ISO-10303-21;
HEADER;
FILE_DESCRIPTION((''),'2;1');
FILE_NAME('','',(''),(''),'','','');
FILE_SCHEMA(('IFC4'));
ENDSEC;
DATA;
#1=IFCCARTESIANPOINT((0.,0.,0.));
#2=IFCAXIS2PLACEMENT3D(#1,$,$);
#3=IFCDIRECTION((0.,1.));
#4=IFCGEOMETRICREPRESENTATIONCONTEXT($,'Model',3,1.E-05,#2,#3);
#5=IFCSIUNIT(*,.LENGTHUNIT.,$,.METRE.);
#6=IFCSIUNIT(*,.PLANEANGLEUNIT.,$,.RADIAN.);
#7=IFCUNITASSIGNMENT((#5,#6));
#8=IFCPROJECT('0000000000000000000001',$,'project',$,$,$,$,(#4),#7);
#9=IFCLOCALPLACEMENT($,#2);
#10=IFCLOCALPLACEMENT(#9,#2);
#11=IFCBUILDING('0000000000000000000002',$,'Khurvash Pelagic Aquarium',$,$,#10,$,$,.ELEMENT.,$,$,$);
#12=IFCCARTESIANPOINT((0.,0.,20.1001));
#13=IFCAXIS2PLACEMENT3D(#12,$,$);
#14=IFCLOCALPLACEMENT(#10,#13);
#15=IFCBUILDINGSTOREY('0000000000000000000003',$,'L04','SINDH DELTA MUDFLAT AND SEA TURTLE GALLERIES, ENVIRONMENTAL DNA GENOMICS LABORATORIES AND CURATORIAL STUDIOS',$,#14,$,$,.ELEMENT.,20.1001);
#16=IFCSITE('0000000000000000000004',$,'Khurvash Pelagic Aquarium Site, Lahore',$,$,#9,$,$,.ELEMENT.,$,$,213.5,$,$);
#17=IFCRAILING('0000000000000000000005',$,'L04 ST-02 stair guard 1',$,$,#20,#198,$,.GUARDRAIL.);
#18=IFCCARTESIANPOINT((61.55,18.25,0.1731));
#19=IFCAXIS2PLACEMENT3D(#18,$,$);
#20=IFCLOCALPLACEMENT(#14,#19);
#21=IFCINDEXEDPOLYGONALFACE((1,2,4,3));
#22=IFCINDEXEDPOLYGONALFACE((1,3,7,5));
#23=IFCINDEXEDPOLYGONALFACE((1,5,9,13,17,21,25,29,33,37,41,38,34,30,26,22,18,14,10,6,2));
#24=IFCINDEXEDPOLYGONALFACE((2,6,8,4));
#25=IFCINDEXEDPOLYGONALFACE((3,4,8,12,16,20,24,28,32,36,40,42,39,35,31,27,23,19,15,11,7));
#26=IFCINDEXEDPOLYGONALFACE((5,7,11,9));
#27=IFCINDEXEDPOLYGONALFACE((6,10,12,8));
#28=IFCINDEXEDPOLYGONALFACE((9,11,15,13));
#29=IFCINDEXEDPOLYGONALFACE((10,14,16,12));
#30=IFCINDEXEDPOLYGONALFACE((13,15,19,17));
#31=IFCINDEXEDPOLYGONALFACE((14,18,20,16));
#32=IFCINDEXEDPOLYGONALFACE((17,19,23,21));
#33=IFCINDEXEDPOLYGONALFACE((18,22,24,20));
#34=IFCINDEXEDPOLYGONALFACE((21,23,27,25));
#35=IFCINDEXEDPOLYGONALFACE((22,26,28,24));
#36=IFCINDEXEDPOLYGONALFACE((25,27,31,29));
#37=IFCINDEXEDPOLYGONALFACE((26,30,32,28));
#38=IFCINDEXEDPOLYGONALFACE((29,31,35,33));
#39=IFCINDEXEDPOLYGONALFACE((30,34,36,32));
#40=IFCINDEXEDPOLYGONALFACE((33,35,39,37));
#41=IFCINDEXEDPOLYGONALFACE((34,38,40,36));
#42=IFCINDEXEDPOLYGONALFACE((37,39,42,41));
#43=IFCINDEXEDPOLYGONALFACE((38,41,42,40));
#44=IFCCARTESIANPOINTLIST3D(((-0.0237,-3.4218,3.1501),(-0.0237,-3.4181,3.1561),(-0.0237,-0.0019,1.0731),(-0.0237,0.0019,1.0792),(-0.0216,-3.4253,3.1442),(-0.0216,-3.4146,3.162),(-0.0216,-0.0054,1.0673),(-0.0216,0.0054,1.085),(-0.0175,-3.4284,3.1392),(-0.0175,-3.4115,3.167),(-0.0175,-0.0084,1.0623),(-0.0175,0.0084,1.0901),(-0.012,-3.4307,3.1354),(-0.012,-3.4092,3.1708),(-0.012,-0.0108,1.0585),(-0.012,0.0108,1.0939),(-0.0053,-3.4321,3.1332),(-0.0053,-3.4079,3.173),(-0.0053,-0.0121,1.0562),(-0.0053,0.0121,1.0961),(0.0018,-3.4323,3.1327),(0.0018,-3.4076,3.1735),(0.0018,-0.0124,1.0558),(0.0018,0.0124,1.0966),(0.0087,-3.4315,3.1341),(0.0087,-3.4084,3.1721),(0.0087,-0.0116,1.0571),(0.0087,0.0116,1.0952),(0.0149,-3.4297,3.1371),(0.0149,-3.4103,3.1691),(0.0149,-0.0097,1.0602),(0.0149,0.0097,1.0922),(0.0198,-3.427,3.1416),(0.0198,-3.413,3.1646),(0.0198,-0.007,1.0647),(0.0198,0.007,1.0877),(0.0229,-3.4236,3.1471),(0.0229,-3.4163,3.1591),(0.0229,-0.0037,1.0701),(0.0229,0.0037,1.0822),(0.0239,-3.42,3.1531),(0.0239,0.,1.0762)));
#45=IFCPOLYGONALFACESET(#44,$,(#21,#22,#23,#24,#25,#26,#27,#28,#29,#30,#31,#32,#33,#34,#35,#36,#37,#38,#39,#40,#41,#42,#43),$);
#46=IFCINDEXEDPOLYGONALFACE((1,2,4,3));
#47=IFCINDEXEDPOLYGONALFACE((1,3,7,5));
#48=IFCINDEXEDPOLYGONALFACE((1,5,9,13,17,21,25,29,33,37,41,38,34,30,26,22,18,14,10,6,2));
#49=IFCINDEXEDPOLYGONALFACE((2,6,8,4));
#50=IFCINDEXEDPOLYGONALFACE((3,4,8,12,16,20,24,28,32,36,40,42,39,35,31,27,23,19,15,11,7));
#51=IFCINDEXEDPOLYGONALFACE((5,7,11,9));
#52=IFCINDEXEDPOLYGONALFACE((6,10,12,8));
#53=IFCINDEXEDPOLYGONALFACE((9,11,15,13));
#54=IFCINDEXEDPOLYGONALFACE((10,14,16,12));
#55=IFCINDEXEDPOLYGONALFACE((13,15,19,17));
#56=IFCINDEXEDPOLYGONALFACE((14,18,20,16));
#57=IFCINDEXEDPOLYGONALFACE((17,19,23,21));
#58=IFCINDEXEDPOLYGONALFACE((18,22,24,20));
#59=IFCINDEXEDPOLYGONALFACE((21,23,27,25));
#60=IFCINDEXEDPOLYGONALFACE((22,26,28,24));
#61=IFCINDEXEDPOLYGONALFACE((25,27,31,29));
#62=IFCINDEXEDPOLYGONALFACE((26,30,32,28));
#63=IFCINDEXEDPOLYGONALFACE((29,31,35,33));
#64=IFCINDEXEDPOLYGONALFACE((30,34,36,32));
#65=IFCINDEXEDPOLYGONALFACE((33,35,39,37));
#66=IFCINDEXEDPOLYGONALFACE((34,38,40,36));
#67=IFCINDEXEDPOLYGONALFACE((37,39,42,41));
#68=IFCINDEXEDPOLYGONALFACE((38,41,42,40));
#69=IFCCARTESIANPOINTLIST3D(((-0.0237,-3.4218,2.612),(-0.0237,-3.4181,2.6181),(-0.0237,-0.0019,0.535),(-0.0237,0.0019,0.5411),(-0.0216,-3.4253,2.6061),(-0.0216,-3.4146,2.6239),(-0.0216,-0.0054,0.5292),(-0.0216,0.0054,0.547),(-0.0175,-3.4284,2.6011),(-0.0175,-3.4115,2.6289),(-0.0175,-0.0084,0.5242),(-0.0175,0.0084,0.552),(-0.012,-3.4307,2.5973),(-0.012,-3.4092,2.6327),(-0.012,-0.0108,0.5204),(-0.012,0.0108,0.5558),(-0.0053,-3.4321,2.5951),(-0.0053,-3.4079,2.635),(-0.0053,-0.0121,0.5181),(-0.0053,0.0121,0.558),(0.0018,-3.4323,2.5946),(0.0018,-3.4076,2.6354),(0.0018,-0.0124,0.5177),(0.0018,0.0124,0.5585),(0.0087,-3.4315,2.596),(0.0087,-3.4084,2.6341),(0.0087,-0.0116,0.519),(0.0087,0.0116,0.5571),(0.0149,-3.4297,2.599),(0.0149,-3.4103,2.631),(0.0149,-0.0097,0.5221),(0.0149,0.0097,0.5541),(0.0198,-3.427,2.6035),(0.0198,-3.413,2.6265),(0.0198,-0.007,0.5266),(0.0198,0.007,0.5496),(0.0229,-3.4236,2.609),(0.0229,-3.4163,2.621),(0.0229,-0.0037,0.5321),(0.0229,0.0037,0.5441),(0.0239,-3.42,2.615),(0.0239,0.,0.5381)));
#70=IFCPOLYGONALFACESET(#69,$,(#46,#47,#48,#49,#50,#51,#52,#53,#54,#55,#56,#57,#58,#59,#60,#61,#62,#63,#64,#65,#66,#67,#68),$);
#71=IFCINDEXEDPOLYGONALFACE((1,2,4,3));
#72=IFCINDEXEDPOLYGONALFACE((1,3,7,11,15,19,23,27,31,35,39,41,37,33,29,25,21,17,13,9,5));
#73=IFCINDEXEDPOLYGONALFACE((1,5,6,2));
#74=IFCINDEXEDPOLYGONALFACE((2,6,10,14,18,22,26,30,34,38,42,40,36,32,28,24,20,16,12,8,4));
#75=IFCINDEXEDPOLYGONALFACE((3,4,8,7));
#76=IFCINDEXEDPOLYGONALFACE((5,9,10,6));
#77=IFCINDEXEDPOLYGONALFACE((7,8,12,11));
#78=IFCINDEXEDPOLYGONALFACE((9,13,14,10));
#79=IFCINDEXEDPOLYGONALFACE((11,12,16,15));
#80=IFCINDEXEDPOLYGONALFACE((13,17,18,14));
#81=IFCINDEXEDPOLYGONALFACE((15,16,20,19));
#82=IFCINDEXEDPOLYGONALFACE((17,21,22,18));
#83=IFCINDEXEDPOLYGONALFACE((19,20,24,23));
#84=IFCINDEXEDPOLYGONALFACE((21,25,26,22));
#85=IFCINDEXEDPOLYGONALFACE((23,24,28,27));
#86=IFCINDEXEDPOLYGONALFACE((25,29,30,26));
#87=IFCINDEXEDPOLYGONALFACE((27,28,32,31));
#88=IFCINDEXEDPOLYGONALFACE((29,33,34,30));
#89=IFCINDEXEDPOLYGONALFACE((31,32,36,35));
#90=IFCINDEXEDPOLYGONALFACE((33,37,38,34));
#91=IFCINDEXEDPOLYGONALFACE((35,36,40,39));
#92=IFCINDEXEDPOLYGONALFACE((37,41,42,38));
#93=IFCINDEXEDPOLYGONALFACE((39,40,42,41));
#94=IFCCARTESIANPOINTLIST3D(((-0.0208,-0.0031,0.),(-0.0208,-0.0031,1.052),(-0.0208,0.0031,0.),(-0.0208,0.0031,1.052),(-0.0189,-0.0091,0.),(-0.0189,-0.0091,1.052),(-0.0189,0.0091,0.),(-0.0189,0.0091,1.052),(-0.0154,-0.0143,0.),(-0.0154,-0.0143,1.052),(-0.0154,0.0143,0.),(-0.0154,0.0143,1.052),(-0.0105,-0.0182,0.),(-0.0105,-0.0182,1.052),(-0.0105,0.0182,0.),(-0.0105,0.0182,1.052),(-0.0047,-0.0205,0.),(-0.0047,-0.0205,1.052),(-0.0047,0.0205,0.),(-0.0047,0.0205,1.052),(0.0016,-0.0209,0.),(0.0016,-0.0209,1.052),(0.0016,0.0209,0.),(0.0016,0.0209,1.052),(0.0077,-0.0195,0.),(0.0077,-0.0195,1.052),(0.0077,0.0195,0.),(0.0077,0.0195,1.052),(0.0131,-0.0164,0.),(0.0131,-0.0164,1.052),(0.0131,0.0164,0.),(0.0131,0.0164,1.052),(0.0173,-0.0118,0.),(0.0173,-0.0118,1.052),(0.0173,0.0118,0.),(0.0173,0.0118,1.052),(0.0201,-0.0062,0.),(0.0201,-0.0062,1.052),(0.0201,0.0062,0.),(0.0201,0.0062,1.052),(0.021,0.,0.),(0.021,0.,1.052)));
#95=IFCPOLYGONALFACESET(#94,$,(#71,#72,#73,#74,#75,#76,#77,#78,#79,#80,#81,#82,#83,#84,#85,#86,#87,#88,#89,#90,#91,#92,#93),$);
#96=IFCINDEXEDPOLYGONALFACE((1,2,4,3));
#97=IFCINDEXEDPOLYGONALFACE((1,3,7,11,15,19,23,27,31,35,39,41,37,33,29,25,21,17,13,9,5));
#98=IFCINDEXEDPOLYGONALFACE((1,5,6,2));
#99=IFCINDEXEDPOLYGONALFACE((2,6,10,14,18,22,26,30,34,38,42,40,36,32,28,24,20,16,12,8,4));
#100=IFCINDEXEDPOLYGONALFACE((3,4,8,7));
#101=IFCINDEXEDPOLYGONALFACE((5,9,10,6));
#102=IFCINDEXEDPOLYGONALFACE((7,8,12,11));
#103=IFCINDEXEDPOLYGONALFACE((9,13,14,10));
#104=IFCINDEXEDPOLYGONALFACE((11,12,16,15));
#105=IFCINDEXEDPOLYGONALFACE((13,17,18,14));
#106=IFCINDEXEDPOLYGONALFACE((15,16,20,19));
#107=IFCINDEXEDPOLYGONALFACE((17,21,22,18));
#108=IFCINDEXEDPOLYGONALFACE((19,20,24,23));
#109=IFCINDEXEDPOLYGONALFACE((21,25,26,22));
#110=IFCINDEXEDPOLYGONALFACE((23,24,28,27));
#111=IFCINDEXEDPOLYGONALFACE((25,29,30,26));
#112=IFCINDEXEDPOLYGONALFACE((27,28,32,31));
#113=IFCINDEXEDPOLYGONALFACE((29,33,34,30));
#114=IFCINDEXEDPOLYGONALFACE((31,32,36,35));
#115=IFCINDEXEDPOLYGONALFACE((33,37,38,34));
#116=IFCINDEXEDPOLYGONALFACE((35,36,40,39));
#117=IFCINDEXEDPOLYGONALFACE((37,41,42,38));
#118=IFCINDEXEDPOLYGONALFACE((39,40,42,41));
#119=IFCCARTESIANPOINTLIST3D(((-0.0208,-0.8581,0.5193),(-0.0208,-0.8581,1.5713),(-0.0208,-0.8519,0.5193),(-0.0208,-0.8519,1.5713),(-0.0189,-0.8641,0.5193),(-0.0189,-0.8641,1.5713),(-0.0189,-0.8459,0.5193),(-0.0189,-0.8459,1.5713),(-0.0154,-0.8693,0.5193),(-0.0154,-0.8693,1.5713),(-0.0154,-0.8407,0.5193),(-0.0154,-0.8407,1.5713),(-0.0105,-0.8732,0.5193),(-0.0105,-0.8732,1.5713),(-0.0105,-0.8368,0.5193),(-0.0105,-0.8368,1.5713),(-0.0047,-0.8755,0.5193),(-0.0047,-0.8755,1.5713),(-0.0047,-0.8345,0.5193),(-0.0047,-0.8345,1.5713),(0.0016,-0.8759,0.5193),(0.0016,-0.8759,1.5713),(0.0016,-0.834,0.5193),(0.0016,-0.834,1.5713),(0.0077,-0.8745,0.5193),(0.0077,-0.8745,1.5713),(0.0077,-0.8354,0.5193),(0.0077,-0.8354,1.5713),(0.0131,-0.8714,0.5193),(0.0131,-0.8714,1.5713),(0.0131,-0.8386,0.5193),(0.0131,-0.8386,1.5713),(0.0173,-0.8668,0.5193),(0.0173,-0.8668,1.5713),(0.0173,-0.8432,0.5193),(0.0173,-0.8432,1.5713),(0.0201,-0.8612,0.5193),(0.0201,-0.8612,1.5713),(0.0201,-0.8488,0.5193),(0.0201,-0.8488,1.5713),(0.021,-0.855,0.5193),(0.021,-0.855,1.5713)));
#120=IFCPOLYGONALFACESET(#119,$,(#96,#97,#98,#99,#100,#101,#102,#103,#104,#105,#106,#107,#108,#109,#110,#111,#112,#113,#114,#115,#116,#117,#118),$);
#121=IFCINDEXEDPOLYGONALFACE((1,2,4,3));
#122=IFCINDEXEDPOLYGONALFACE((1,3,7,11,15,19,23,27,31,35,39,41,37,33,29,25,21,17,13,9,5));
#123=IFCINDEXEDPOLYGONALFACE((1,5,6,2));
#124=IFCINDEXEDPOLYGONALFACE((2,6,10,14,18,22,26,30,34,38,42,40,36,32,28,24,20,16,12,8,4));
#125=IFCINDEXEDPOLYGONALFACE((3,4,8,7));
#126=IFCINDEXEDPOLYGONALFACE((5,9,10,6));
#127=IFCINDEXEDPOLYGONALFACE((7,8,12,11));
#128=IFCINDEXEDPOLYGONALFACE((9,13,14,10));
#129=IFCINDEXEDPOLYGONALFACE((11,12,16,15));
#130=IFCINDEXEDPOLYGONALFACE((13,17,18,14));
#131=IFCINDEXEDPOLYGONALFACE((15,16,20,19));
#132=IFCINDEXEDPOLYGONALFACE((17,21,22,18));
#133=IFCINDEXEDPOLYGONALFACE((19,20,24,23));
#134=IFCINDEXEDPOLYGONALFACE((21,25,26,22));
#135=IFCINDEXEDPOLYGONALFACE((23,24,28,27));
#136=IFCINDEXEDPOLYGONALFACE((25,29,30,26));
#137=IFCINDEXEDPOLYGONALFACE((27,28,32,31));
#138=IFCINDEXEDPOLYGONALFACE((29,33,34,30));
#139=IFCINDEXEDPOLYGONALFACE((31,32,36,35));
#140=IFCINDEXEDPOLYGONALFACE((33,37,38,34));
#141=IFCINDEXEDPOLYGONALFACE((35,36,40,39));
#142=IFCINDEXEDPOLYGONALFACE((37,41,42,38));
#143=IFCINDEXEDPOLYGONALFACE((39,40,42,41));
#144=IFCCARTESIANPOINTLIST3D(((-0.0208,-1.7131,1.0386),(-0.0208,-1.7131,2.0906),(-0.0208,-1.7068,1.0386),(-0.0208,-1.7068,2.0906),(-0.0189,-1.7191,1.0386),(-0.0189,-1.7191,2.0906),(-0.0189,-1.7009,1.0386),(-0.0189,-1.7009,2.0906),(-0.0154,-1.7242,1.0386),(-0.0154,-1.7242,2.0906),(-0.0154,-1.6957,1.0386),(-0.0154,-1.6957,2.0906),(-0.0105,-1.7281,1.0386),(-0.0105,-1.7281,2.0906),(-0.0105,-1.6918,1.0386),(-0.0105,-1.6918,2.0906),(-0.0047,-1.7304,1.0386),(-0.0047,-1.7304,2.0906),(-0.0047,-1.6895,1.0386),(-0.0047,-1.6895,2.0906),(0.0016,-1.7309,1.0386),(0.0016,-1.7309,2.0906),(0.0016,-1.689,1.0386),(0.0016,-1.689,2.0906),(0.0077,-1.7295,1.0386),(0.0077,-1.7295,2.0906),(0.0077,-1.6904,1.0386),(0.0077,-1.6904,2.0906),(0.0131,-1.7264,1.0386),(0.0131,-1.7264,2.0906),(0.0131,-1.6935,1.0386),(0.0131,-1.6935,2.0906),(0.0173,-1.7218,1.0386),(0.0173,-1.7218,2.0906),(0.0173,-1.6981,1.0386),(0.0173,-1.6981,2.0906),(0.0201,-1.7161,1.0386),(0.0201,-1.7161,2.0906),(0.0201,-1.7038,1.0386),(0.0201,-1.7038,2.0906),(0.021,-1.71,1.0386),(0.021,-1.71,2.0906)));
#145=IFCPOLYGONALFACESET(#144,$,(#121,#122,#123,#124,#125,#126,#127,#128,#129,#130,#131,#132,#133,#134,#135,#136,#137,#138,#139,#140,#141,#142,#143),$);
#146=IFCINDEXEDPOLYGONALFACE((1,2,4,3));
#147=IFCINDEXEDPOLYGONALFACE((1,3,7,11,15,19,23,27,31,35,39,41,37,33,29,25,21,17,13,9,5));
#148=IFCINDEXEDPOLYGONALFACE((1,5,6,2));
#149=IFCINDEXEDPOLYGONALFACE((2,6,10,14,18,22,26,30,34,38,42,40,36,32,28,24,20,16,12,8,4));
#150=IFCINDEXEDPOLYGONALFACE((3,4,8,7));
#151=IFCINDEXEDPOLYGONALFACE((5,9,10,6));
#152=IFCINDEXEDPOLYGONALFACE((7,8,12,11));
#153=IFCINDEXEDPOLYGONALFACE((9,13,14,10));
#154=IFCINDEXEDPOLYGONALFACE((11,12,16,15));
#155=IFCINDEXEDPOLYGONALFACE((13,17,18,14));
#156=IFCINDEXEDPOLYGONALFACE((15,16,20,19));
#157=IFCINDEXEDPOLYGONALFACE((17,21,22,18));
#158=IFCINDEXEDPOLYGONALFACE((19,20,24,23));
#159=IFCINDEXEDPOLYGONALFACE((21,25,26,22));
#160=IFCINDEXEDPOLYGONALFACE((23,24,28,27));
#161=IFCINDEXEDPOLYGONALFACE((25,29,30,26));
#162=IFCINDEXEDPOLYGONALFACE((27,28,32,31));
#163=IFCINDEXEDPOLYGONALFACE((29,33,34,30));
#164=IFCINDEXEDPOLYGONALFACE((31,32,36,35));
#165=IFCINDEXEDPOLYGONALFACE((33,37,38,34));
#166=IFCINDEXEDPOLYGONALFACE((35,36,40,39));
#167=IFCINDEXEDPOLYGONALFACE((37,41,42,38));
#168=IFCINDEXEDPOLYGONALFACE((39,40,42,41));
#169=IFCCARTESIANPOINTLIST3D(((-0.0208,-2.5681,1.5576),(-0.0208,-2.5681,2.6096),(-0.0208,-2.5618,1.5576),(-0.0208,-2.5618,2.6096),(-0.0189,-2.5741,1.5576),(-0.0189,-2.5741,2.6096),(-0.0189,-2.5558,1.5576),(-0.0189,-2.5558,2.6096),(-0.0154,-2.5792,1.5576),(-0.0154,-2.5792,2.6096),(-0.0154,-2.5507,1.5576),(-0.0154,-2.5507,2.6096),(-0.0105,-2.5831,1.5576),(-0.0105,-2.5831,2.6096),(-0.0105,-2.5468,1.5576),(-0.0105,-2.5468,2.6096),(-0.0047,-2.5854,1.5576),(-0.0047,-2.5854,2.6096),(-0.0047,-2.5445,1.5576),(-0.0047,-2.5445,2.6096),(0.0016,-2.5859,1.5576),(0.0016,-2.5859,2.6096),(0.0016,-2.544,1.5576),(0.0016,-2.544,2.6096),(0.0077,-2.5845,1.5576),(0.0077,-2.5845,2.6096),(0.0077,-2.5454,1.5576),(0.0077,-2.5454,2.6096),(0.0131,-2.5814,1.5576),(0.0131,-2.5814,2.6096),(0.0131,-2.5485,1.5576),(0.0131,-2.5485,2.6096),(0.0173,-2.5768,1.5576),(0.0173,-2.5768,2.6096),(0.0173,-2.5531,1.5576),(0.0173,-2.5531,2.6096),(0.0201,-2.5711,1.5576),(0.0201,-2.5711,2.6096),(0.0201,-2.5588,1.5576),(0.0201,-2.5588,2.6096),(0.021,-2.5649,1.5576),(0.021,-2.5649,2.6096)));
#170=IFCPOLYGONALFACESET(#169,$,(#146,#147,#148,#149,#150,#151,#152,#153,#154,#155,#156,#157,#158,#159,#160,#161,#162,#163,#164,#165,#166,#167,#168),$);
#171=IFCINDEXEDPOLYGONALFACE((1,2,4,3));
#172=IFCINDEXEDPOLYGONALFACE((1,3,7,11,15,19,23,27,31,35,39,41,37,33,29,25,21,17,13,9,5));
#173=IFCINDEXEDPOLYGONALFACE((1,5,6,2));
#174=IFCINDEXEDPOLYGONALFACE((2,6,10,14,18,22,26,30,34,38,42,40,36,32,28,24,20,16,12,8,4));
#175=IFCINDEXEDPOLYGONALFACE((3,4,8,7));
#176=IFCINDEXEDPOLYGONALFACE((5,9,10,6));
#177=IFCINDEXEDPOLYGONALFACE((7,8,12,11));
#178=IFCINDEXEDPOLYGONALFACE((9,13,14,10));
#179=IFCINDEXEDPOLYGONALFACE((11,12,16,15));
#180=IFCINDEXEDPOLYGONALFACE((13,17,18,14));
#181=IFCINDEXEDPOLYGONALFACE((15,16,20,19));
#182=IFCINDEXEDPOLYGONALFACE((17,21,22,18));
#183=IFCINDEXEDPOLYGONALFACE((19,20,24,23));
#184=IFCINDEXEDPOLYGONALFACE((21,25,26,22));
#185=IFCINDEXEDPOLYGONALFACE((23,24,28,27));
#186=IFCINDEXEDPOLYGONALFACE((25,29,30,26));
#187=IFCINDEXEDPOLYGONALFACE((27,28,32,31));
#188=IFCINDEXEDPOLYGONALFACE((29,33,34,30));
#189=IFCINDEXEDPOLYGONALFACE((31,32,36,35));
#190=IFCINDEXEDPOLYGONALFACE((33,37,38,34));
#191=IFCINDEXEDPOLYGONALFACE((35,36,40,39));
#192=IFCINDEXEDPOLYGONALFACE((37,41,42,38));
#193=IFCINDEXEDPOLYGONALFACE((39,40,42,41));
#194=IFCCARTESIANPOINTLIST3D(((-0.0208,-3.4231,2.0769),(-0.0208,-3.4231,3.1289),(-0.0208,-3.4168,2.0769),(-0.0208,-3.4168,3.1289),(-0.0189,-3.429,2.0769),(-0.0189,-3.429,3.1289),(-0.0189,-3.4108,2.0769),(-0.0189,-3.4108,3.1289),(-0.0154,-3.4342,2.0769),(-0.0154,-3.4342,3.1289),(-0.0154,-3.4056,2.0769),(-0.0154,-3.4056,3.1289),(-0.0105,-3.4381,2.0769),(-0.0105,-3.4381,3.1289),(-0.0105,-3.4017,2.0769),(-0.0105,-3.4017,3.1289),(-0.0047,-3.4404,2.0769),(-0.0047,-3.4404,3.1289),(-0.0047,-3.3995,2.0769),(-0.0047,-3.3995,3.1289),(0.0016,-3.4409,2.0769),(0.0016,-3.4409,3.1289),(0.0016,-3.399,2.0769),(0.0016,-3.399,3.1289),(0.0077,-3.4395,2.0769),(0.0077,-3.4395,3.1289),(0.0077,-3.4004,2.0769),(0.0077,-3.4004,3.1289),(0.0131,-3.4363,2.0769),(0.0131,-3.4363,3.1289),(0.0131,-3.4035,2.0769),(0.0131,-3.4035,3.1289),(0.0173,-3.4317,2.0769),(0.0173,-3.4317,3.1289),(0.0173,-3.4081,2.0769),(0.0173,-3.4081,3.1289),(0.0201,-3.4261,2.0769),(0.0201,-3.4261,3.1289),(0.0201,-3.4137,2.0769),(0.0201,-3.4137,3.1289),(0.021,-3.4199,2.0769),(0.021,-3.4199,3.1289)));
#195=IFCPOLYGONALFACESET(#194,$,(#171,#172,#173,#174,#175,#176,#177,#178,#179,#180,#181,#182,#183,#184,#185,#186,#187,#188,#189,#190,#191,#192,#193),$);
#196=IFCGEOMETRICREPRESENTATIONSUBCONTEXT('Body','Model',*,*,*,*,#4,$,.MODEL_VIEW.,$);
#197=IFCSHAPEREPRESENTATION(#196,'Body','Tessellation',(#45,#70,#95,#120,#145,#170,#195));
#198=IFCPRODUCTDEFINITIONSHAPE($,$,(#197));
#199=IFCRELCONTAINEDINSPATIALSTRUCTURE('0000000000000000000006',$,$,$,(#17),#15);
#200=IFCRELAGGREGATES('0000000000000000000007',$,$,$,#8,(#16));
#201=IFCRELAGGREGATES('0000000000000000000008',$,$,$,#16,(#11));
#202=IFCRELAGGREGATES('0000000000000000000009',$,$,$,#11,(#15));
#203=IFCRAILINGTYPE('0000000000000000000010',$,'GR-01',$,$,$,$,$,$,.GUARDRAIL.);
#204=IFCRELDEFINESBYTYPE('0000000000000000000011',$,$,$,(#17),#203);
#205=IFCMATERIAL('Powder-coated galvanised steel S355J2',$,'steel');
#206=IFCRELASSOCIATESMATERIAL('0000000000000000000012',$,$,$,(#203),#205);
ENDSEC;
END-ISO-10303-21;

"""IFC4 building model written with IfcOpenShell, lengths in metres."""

from ifc_helpers import new_model, si_unit, direction, frame, origin, origin_2d, place, context, subcontext, project, spatial, circle, extrude, material, type_object, element, save


model = new_model("IFC4")

# Units and contexts
model_context = context("Model", 3, precision=1e-05, world=origin(), true_north=direction((0.0, 1.0)))
body_context = subcontext(model_context, "Body", "Model", "MODEL_VIEW")
ifc_project = project(units=[si_unit("LENGTHUNIT", "METRE"), si_unit("PLANEANGLEUNIT", "RADIAN")], contexts=[model_context])

# Site, building, storey
site_placement = place(None, origin())
site = spatial("IfcSite", under=ifc_project, at=site_placement, Name="Khurvash Pelagic Aquarium Site, Lahore", CompositionType="ELEMENT", RefElevation=213.5)
building_placement = place(site_placement, origin())
building = spatial("IfcBuilding", under=site, at=building_placement, Name="Khurvash Pelagic Aquarium", CompositionType="ELEMENT")
storey_placement = place(building_placement, frame((0.0, 0.0, 20.1001)))
storey = spatial("IfcBuildingStorey", under=building, at=storey_placement, Name="L04", Description="SINDH DELTA MUDFLAT AND SEA TURTLE GALLERIES, ENVIRONMENTAL DNA GENOMICS LABORATORIES AND CURATORIAL STUDIOS", CompositionType="ELEMENT", Elevation=20.1001)

# Railing
ifc_material_1 = material(Name="Powder-coated galvanised steel S355J2", Category="steel")
railing_type_1 = type_object("IfcRailingType", Name="GR-01", PredefinedType="GUARDRAIL", material=ifc_material_1)
railing_1_placement = place(storey_placement, frame((61.55, 18.25, 0.1731)))
element("IfcRailing", 1, at=railing_1_placement, inside=storey, type_object=railing_type_1, Name="L04 ST-02 stair guard 1", PredefinedType="GUARDRAIL", context=body_context, shape_type="SweptSolid", body=[
    extrude(circle(Radius=0.0239, at=origin_2d()), frame((0.0, 0.0, 1.0762), z_axis=(0.0, -0.85473, 0.519074), x_axis=(1.0, 0.0, 0.0)), (0.0, 0.0, 1.0), 4.0012),
    extrude(circle(Radius=0.0239, at=origin_2d()), frame((0.0, 0.0, 0.5381), z_axis=(0.0, -0.85473, 0.519074), x_axis=(1.0, 0.0, 0.0)), (0.0, 0.0, 1.0), 4.0012),
    extrude(circle(Radius=0.021, at=origin_2d()), origin(), (0.0, 0.0, 1.0), 1.052),
    extrude(circle(Radius=0.021, at=origin_2d()), frame((0.0, -0.855, 0.5193)), (0.0, 0.0, 1.0), 1.052),
    extrude(circle(Radius=0.021, at=origin_2d()), frame((0.0, -1.71, 1.0386)), (0.0, 0.0, 1.0), 1.052),
    extrude(circle(Radius=0.021, at=origin_2d()), frame((0.0, -2.5649, 1.5576)), (0.0, 0.0, 1.0), 1.052),
    extrude(circle(Radius=0.021, at=origin_2d()), frame((0.0, -3.4199, 2.0769)), (0.0, 0.0, 1.0), 1.052),
])

save(model, "model.ifc")
